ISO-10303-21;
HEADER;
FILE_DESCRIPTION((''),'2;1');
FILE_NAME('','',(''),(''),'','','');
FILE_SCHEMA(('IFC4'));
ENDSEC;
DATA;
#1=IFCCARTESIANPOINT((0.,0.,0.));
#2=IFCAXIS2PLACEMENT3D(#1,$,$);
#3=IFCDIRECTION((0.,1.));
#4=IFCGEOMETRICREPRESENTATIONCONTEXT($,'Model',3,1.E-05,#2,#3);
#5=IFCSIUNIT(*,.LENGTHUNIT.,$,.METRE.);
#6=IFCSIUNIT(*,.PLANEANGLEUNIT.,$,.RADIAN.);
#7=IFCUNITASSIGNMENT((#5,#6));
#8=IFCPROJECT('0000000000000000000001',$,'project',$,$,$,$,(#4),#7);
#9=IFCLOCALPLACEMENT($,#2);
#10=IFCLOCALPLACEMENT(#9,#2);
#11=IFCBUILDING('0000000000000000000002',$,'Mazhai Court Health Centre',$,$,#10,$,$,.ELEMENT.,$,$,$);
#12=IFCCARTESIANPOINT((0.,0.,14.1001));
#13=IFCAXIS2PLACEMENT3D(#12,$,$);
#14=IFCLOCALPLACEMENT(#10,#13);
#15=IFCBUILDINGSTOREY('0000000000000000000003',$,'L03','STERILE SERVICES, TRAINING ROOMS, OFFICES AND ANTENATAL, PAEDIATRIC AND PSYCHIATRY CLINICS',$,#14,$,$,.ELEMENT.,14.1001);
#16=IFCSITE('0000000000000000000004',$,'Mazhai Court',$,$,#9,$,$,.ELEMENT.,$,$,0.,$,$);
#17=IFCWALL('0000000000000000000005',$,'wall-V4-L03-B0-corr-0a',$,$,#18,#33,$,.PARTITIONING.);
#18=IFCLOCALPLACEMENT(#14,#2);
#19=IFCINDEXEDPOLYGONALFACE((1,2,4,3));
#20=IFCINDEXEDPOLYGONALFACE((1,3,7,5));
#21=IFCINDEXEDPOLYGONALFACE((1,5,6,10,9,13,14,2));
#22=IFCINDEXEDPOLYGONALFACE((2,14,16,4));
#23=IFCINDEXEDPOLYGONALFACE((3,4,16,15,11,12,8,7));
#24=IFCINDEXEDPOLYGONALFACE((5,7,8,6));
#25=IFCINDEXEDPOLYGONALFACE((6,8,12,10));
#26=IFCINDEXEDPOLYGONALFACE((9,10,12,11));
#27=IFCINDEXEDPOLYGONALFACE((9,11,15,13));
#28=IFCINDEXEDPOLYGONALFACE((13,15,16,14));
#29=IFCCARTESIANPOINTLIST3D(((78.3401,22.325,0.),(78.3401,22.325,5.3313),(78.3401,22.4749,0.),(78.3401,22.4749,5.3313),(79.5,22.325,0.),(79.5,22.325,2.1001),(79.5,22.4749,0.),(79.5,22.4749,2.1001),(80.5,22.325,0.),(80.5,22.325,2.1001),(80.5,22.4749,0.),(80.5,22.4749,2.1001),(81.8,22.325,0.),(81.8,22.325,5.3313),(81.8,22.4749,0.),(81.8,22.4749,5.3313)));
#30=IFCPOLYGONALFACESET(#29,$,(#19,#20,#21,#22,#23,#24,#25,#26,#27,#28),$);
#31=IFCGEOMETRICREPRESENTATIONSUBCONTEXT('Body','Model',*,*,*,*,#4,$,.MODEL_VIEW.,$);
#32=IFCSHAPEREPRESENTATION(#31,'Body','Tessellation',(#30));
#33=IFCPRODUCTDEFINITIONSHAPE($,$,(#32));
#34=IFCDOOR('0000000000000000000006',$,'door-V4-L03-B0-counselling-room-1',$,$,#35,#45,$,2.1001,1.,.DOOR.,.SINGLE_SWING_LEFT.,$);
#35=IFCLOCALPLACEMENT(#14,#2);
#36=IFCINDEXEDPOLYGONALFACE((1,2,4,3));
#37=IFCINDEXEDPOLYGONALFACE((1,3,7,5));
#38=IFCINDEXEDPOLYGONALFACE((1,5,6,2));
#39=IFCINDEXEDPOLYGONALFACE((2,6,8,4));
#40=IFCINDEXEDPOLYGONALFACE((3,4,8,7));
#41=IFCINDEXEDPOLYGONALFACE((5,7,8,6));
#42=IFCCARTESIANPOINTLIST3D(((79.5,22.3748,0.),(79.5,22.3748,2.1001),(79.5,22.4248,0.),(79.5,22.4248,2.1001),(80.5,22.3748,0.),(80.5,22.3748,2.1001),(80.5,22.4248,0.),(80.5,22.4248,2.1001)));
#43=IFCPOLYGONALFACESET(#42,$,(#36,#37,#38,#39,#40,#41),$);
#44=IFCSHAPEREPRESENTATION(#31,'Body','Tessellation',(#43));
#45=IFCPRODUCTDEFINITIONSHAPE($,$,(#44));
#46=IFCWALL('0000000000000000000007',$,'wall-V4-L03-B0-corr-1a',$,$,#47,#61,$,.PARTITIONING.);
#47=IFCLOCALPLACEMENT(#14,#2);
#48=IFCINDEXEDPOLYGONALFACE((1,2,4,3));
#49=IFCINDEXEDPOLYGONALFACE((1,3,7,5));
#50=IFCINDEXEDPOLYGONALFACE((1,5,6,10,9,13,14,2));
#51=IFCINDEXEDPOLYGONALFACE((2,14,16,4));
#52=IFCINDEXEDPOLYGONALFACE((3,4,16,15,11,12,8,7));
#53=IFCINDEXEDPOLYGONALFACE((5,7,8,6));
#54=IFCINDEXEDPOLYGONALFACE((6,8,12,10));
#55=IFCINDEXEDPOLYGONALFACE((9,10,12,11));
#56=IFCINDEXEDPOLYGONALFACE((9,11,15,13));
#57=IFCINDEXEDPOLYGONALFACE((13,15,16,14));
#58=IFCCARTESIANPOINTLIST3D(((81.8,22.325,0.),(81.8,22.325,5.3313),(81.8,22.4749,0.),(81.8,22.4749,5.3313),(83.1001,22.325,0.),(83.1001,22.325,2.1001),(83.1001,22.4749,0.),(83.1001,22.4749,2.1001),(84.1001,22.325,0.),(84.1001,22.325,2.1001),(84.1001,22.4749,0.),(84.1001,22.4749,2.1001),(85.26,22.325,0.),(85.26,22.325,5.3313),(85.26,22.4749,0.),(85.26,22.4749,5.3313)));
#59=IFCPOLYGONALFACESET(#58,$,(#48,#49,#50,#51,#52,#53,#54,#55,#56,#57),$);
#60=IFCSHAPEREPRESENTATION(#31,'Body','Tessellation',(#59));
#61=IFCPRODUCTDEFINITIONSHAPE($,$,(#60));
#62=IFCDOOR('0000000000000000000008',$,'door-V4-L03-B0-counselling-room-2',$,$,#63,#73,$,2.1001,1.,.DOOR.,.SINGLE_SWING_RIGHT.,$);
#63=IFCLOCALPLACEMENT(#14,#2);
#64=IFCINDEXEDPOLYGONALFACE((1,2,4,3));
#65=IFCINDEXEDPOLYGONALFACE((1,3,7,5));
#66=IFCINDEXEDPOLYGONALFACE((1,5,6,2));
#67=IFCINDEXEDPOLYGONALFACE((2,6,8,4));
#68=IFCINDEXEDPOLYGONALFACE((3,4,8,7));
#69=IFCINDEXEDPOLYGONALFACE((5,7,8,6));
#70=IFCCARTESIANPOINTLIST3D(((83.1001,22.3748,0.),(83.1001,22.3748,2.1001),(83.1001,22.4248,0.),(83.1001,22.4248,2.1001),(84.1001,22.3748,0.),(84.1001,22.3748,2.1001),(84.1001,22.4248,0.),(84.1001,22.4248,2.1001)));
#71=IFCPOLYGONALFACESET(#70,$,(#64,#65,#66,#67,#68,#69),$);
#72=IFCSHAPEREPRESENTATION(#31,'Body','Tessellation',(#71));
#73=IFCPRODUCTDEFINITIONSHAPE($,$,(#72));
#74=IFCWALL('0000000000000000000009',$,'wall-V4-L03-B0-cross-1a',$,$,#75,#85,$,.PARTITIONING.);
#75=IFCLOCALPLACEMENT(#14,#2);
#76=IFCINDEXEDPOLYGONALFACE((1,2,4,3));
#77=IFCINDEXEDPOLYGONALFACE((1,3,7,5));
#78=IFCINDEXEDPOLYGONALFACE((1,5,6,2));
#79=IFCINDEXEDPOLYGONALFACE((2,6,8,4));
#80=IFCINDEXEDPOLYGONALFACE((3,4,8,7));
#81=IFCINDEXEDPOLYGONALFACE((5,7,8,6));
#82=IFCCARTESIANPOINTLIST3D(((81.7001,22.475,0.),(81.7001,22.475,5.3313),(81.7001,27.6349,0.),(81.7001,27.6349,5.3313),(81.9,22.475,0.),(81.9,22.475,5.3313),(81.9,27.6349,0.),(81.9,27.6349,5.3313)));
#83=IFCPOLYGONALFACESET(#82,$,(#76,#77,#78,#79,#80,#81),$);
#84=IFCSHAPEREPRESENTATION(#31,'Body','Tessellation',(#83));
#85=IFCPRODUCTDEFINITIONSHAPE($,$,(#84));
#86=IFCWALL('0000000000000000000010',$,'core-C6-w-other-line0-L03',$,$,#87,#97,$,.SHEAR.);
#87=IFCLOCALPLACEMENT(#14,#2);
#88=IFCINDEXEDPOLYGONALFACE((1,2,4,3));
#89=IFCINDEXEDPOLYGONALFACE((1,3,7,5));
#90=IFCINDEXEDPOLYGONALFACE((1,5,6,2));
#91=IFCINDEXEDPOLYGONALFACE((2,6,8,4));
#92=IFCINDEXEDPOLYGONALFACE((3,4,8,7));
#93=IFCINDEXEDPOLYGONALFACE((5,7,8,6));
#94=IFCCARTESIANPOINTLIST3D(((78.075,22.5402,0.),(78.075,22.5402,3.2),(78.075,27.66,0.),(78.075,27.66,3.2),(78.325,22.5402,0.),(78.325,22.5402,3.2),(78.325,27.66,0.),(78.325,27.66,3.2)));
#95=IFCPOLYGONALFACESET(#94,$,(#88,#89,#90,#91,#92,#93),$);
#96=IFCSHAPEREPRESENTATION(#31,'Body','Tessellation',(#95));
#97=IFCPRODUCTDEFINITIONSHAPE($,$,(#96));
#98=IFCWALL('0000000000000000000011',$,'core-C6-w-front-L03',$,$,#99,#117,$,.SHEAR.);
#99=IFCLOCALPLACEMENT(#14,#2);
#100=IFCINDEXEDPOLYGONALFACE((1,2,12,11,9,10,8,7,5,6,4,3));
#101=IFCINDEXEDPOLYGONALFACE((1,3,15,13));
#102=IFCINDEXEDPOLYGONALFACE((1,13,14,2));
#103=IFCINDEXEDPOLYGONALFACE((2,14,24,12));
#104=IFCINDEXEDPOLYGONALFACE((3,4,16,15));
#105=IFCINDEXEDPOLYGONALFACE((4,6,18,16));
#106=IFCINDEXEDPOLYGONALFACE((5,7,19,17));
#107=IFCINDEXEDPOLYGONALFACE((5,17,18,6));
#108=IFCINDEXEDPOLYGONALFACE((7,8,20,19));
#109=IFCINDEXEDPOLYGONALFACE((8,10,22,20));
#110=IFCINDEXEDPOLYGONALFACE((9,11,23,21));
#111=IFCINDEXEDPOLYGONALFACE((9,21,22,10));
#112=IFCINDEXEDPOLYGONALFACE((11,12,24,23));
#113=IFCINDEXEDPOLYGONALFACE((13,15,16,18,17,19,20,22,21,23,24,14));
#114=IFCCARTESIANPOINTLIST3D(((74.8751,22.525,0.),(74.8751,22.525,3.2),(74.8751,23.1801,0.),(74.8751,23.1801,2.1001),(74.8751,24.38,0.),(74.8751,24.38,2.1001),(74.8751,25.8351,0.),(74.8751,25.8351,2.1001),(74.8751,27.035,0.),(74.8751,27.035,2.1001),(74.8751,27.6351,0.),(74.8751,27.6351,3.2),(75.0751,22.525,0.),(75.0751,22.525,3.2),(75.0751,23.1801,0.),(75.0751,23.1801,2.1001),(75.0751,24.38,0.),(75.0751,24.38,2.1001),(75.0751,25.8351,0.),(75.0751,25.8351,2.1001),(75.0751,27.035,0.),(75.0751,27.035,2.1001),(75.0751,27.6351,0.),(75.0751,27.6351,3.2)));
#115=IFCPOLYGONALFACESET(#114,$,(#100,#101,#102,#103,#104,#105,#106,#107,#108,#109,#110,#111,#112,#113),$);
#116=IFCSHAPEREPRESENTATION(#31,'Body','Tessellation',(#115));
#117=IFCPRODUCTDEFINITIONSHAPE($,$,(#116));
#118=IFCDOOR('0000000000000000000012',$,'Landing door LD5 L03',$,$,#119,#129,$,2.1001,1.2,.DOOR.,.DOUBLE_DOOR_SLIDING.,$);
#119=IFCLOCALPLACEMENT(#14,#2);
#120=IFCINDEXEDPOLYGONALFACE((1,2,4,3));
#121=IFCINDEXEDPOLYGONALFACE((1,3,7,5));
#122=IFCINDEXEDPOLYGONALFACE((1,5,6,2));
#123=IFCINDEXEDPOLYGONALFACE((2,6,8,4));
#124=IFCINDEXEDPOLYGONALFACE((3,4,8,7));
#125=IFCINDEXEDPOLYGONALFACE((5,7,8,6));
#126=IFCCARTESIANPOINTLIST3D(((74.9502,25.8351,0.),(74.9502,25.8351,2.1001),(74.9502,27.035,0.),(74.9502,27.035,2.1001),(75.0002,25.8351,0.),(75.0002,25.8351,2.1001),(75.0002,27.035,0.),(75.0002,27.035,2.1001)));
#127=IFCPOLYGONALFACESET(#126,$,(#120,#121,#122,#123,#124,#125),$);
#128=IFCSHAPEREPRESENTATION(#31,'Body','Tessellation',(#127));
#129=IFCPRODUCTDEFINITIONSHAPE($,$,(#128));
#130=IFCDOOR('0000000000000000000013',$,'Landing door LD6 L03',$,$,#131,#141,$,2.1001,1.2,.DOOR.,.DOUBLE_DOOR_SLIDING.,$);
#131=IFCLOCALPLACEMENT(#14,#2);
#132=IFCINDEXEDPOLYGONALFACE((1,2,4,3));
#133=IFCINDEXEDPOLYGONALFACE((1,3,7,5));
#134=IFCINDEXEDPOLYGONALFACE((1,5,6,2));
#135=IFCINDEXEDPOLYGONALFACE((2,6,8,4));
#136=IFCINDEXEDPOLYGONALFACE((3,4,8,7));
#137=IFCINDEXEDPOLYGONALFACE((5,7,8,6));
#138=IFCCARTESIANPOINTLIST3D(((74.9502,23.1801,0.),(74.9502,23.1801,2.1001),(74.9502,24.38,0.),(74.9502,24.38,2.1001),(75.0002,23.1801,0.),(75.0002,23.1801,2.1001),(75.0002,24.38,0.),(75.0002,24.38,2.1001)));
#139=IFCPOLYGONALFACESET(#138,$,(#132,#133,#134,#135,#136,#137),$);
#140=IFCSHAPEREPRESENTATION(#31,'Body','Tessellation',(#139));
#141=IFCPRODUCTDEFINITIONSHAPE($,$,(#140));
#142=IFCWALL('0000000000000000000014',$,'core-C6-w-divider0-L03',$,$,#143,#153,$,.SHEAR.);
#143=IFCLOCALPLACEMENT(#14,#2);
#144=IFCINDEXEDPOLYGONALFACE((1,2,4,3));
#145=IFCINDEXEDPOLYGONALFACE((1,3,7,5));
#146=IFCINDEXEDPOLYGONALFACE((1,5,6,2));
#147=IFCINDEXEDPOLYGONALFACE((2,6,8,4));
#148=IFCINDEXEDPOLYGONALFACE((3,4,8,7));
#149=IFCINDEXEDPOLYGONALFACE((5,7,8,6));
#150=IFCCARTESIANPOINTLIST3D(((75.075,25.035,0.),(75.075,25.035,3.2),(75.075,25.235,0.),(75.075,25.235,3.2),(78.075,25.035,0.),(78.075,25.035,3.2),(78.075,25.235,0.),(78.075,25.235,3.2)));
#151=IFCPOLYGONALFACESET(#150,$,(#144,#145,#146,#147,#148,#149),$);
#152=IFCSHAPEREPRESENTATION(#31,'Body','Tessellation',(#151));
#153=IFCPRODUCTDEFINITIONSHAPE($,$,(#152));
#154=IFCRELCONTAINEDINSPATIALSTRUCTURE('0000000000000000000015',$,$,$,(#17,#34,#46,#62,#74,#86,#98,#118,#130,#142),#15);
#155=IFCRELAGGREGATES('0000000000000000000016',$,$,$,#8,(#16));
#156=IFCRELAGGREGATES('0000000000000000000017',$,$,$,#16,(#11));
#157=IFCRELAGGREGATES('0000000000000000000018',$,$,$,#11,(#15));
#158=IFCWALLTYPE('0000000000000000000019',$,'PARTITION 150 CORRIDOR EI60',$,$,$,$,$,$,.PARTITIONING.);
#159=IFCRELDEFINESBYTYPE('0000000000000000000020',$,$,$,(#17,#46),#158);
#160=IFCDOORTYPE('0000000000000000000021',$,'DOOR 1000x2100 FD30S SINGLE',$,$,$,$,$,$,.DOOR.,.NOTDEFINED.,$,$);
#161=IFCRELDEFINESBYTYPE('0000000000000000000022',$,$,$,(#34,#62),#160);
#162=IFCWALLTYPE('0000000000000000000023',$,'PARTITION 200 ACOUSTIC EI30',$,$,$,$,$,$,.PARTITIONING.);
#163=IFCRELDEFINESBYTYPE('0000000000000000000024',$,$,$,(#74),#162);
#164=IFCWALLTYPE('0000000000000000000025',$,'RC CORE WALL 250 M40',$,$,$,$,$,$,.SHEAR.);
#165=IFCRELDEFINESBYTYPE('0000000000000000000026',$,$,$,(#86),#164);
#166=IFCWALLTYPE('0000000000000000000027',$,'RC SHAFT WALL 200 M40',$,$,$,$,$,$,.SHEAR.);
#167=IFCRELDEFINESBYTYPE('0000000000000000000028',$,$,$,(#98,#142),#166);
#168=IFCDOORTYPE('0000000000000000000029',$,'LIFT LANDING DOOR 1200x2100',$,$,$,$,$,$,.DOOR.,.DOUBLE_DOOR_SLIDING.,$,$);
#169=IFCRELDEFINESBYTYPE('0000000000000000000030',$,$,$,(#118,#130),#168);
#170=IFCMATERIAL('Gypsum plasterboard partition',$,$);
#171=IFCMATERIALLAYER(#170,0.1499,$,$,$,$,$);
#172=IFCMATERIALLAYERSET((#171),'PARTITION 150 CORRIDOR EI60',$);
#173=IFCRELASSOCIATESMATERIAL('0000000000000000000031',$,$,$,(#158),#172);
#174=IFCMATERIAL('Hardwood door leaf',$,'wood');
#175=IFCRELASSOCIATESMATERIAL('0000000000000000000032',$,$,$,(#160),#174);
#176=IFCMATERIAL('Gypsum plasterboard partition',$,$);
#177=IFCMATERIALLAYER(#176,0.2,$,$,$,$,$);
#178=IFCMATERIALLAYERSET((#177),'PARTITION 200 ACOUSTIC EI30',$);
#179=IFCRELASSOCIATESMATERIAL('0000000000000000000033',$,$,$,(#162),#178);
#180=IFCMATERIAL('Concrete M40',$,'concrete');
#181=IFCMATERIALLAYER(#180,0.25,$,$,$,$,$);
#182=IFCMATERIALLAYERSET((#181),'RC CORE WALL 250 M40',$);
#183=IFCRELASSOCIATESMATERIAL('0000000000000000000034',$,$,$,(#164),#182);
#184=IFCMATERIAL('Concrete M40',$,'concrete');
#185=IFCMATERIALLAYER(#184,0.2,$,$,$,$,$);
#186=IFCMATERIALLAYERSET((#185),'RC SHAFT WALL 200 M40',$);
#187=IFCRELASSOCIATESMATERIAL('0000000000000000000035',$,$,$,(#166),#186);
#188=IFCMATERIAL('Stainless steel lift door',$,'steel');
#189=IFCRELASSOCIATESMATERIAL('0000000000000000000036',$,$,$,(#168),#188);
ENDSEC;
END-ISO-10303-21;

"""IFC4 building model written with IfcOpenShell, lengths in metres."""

from ifc_helpers import new_model, si_unit, direction, frame, frame_2d, origin, place, context, subcontext, project, spatial, rectangle, extrude, material, layer, layer_set, type_object, element, fill, save


model = new_model("IFC4")

# Units and contexts
model_context = context("Model", 3, precision=1e-05, world=origin(), true_north=direction((0.0, 1.0)))
body_context = subcontext(model_context, "Body", "Model", "MODEL_VIEW")
ifc_project = project(units=[si_unit("LENGTHUNIT", "METRE"), si_unit("PLANEANGLEUNIT", "RADIAN")], contexts=[model_context])

# Site, building, storey
site_placement = place(None, origin())
site = spatial("IfcSite", under=ifc_project, at=site_placement, Name="Mazhai Court", CompositionType="ELEMENT", RefElevation=0.0)
building_placement = place(site_placement, origin())
building = spatial("IfcBuilding", under=site, at=building_placement, Name="Mazhai Court Health Centre", CompositionType="ELEMENT")
storey_placement = place(building_placement, frame((0.0, 0.0, 14.1001)))
storey = spatial("IfcBuildingStorey", under=building, at=storey_placement, Name="L03", Description="STERILE SERVICES, TRAINING ROOMS, OFFICES AND ANTENATAL, PAEDIATRIC AND PSYCHIATRY CLINICS", CompositionType="ELEMENT", Elevation=14.1001)

# Walls, openings, doors
ifc_material_1 = material(Name="Gypsum plasterboard partition")
ifc_layer_1 = layer(ifc_material_1, 0.1499)
ifc_layer_set_1 = layer_set([ifc_layer_1], Name="PARTITION 150 CORRIDOR EI60")
wall_type_1 = type_object("IfcWallType", Name="PARTITION 150 CORRIDOR EI60", PredefinedType="PARTITIONING", material=ifc_layer_set_1)
wall_1_placement = place(storey_placement, frame((78.3401, 22.3999, 0.0), z_axis=(0.0, 0.0, 1.0), x_axis=(1.0, 0.0, 0.0)))
wall_1 = element("IfcWall", 1, at=wall_1_placement, inside=storey, type_object=wall_type_1, Name="wall-V4-L03-B0-corr-0a", PredefinedType="PARTITIONING", context=body_context, shape_type="SweptSolid", body=[
    extrude(rectangle(XDim=3.46, YDim=0.1499, at=frame_2d((1.73, 0.0))), origin(), (0.0, 0.0, 1.0), 5.3313),
])
opening_1_placement = place(wall_1_placement, frame((1.1599, 0.0, 0.0)))
opening_1 = element("IfcOpeningElement", 2, at=opening_1_placement, cuts=wall_1, PredefinedType="OPENING", context=body_context, shape_type="SweptSolid", body=[
    extrude(rectangle(XDim=1.0, YDim=2.1001, at=frame_2d((0.5, 1.05))), frame((0.0, 0.085, 0.0), z_axis=(0.0, -1.0, 0.0), x_axis=(1.0, 0.0, 0.0)), (0.0, 0.0, 1.0), 0.1699),
])
ifc_material_2 = material(Name="Hardwood door leaf", Category="wood")
door_type_1 = type_object("IfcDoorType", Name="DOOR 1000x2100 FD30S SINGLE", OperationType="NOTDEFINED", PredefinedType="DOOR", material=ifc_material_2)
door_1_placement = place(opening_1_placement, origin())
door_1 = element("IfcDoor", 3, at=door_1_placement, inside=storey, type_object=door_type_1, Name="door-V4-L03-B0-counselling-room-1", OperationType="SINGLE_SWING_LEFT", OverallHeight=2.1001, OverallWidth=1.0, PredefinedType="DOOR", context=body_context, shape_type="SweptSolid", body=[
    extrude(rectangle(XDim=1.0, YDim=2.1001, at=frame_2d((0.5, 1.05))), frame((0.0, 0.0249, 0.0), z_axis=(0.0, -1.0, 0.0), x_axis=(1.0, 0.0, 0.0)), (0.0, 0.0, 1.0), 0.05),
])
fill(opening_1, door_1)
wall_2_placement = place(storey_placement, frame((81.8, 22.3999, 0.0), z_axis=(0.0, 0.0, 1.0), x_axis=(1.0, 0.0, 0.0)))
wall_2 = element("IfcWall", 4, at=wall_2_placement, inside=storey, type_object=wall_type_1, Name="wall-V4-L03-B0-corr-1a", PredefinedType="PARTITIONING", context=body_context, shape_type="SweptSolid", body=[
    extrude(rectangle(XDim=3.46, YDim=0.1499, at=frame_2d((1.73, 0.0))), origin(), (0.0, 0.0, 1.0), 5.3313),
])
opening_2_placement = place(wall_2_placement, frame((1.3, 0.0, 0.0)))
opening_2 = element("IfcOpeningElement", 5, at=opening_2_placement, cuts=wall_2, PredefinedType="OPENING", context=body_context, shape_type="SweptSolid", body=[
    extrude(rectangle(XDim=1.0, YDim=2.1001, at=frame_2d((0.5, 1.05))), frame((0.0, 0.085, 0.0), z_axis=(0.0, -1.0, 0.0), x_axis=(1.0, 0.0, 0.0)), (0.0, 0.0, 1.0), 0.1699),
])
door_2_placement = place(opening_2_placement, origin())
door_2 = element("IfcDoor", 6, at=door_2_placement, inside=storey, type_object=door_type_1, Name="door-V4-L03-B0-counselling-room-2", OperationType="SINGLE_SWING_RIGHT", OverallHeight=2.1001, OverallWidth=1.0, PredefinedType="DOOR", context=body_context, shape_type="SweptSolid", body=[
    extrude(rectangle(XDim=1.0, YDim=2.1001, at=frame_2d((0.5, 1.05))), frame((0.0, 0.0249, 0.0), z_axis=(0.0, -1.0, 0.0), x_axis=(1.0, 0.0, 0.0)), (0.0, 0.0, 1.0), 0.05),
])
fill(opening_2, door_2)

# Walls
ifc_material_3 = material(Name="Gypsum plasterboard partition")
ifc_layer_2 = layer(ifc_material_3, 0.2)
ifc_layer_set_2 = layer_set([ifc_layer_2], Name="PARTITION 200 ACOUSTIC EI30")
wall_type_2 = type_object("IfcWallType", Name="PARTITION 200 ACOUSTIC EI30", PredefinedType="PARTITIONING", material=ifc_layer_set_2)
wall_3_placement = place(storey_placement, frame((81.8, 27.635, 0.0), z_axis=(0.0, 0.0, 1.0), x_axis=(0.0, -1.0, 0.0)))
element("IfcWall", 7, at=wall_3_placement, inside=storey, type_object=wall_type_2, Name="wall-V4-L03-B0-cross-1a", PredefinedType="PARTITIONING", context=body_context, shape_type="SweptSolid", body=[
    extrude(rectangle(XDim=5.1599, YDim=0.2, at=frame_2d((2.5801, 0.0))), origin(), (0.0, 0.0, 1.0), 5.3313),
])
ifc_material_4 = material(Name="Concrete M40", Category="concrete")
ifc_layer_3 = layer(ifc_material_4, 0.25)
ifc_layer_set_3 = layer_set([ifc_layer_3], Name="RC CORE WALL 250 M40")
wall_type_3 = type_object("IfcWallType", Name="RC CORE WALL 250 M40", PredefinedType="SHEAR", material=ifc_layer_set_3)
wall_4_placement = place(storey_placement, frame((78.2, 22.54, 0.0), z_axis=(0.0, 0.0, 1.0), x_axis=(0.0, 1.0, 0.0)))
element("IfcWall", 8, at=wall_4_placement, inside=storey, type_object=wall_type_3, Name="core-C6-w-other-line0-L03", PredefinedType="SHEAR", context=body_context, shape_type="SweptSolid", body=[
    extrude(rectangle(XDim=5.1199, YDim=0.25, at=frame_2d((2.5601, 0.0))), origin(), (0.0, 0.0, 1.0), 3.2),
])

# Wall, openings, doors
ifc_material_5 = material(Name="Concrete M40", Category="concrete")
ifc_layer_4 = layer(ifc_material_5, 0.2)
ifc_layer_set_4 = layer_set([ifc_layer_4], Name="RC SHAFT WALL 200 M40")
wall_type_4 = type_object("IfcWallType", Name="RC SHAFT WALL 200 M40", PredefinedType="SHEAR", material=ifc_layer_set_4)
wall_5_placement = place(storey_placement, frame((74.9751, 22.5249, 0.0), z_axis=(0.0, 0.0, 1.0), x_axis=(0.0, 1.0, 0.0)))
wall_5 = element("IfcWall", 9, at=wall_5_placement, inside=storey, type_object=wall_type_4, Name="core-C6-w-front-L03", PredefinedType="SHEAR", context=body_context, shape_type="SweptSolid", body=[
    extrude(rectangle(XDim=5.1101, YDim=0.2, at=frame_2d((2.5552, 0.0))), origin(), (0.0, 0.0, 1.0), 3.2),
])
opening_3_placement = place(wall_5_placement, frame((3.3101, 0.0, 0.0)))
opening_3 = element("IfcOpeningElement", 10, at=opening_3_placement, cuts=wall_5, PredefinedType="OPENING", context=body_context, shape_type="SweptSolid", body=[
    extrude(rectangle(XDim=1.2, YDim=2.1001, at=frame_2d((0.6001, 1.05))), frame((0.0, 0.1099, 0.0), z_axis=(0.0, -1.0, 0.0), x_axis=(1.0, 0.0, 0.0)), (0.0, 0.0, 1.0), 0.22),
])
opening_4_placement = place(wall_5_placement, frame((0.655, 0.0, 0.0)))
opening_4 = element("IfcOpeningElement", 11, at=opening_4_placement, cuts=wall_5, PredefinedType="OPENING", context=body_context, shape_type="SweptSolid", body=[
    extrude(rectangle(XDim=1.2, YDim=2.1001, at=frame_2d((0.6001, 1.05))), frame((0.0, 0.1099, 0.0), z_axis=(0.0, -1.0, 0.0), x_axis=(1.0, 0.0, 0.0)), (0.0, 0.0, 1.0), 0.22),
])
ifc_material_6 = material(Name="Stainless steel lift door", Category="steel")
door_type_2 = type_object("IfcDoorType", Name="LIFT LANDING DOOR 1200x2100", OperationType="DOUBLE_DOOR_SLIDING", PredefinedType="DOOR", material=ifc_material_6)
door_3_placement = place(opening_3_placement, origin())
door_3 = element("IfcDoor", 12, at=door_3_placement, inside=storey, type_object=door_type_2, Name="Landing door LD5 L03", OperationType="DOUBLE_DOOR_SLIDING", OverallHeight=2.1001, OverallWidth=1.2, PredefinedType="DOOR", context=body_context, shape_type="SweptSolid", body=[
    extrude(rectangle(XDim=1.2, YDim=2.1001, at=frame_2d((0.6001, 1.05))), frame((0.0, 0.0249, 0.0), z_axis=(0.0, -1.0, 0.0), x_axis=(1.0, 0.0, 0.0)), (0.0, 0.0, 1.0), 0.05),
])
fill(opening_3, door_3)
door_4_placement = place(opening_4_placement, origin())
door_4 = element("IfcDoor", 13, at=door_4_placement, inside=storey, type_object=door_type_2, Name="Landing door LD6 L03", OperationType="DOUBLE_DOOR_SLIDING", OverallHeight=2.1001, OverallWidth=1.2, PredefinedType="DOOR", context=body_context, shape_type="SweptSolid", body=[
    extrude(rectangle(XDim=1.2, YDim=2.1001, at=frame_2d((0.6001, 1.05))), frame((0.0, 0.0249, 0.0), z_axis=(0.0, -1.0, 0.0), x_axis=(1.0, 0.0, 0.0)), (0.0, 0.0, 1.0), 0.05),
])
fill(opening_4, door_4)

# Wall
wall_6_placement = place(storey_placement, frame((78.075, 25.135, 0.0), z_axis=(0.0, 0.0, 1.0), x_axis=(-1.0, 0.0, 0.0)))
element("IfcWall", 14, at=wall_6_placement, inside=storey, type_object=wall_type_4, Name="core-C6-w-divider0-L03", PredefinedType="SHEAR", context=body_context, shape_type="SweptSolid", body=[
    extrude(rectangle(XDim=3.0, YDim=0.2, at=frame_2d((1.5, 0.0))), origin(), (0.0, 0.0, 1.0), 3.2),
])

save(model, "model.ifc")
